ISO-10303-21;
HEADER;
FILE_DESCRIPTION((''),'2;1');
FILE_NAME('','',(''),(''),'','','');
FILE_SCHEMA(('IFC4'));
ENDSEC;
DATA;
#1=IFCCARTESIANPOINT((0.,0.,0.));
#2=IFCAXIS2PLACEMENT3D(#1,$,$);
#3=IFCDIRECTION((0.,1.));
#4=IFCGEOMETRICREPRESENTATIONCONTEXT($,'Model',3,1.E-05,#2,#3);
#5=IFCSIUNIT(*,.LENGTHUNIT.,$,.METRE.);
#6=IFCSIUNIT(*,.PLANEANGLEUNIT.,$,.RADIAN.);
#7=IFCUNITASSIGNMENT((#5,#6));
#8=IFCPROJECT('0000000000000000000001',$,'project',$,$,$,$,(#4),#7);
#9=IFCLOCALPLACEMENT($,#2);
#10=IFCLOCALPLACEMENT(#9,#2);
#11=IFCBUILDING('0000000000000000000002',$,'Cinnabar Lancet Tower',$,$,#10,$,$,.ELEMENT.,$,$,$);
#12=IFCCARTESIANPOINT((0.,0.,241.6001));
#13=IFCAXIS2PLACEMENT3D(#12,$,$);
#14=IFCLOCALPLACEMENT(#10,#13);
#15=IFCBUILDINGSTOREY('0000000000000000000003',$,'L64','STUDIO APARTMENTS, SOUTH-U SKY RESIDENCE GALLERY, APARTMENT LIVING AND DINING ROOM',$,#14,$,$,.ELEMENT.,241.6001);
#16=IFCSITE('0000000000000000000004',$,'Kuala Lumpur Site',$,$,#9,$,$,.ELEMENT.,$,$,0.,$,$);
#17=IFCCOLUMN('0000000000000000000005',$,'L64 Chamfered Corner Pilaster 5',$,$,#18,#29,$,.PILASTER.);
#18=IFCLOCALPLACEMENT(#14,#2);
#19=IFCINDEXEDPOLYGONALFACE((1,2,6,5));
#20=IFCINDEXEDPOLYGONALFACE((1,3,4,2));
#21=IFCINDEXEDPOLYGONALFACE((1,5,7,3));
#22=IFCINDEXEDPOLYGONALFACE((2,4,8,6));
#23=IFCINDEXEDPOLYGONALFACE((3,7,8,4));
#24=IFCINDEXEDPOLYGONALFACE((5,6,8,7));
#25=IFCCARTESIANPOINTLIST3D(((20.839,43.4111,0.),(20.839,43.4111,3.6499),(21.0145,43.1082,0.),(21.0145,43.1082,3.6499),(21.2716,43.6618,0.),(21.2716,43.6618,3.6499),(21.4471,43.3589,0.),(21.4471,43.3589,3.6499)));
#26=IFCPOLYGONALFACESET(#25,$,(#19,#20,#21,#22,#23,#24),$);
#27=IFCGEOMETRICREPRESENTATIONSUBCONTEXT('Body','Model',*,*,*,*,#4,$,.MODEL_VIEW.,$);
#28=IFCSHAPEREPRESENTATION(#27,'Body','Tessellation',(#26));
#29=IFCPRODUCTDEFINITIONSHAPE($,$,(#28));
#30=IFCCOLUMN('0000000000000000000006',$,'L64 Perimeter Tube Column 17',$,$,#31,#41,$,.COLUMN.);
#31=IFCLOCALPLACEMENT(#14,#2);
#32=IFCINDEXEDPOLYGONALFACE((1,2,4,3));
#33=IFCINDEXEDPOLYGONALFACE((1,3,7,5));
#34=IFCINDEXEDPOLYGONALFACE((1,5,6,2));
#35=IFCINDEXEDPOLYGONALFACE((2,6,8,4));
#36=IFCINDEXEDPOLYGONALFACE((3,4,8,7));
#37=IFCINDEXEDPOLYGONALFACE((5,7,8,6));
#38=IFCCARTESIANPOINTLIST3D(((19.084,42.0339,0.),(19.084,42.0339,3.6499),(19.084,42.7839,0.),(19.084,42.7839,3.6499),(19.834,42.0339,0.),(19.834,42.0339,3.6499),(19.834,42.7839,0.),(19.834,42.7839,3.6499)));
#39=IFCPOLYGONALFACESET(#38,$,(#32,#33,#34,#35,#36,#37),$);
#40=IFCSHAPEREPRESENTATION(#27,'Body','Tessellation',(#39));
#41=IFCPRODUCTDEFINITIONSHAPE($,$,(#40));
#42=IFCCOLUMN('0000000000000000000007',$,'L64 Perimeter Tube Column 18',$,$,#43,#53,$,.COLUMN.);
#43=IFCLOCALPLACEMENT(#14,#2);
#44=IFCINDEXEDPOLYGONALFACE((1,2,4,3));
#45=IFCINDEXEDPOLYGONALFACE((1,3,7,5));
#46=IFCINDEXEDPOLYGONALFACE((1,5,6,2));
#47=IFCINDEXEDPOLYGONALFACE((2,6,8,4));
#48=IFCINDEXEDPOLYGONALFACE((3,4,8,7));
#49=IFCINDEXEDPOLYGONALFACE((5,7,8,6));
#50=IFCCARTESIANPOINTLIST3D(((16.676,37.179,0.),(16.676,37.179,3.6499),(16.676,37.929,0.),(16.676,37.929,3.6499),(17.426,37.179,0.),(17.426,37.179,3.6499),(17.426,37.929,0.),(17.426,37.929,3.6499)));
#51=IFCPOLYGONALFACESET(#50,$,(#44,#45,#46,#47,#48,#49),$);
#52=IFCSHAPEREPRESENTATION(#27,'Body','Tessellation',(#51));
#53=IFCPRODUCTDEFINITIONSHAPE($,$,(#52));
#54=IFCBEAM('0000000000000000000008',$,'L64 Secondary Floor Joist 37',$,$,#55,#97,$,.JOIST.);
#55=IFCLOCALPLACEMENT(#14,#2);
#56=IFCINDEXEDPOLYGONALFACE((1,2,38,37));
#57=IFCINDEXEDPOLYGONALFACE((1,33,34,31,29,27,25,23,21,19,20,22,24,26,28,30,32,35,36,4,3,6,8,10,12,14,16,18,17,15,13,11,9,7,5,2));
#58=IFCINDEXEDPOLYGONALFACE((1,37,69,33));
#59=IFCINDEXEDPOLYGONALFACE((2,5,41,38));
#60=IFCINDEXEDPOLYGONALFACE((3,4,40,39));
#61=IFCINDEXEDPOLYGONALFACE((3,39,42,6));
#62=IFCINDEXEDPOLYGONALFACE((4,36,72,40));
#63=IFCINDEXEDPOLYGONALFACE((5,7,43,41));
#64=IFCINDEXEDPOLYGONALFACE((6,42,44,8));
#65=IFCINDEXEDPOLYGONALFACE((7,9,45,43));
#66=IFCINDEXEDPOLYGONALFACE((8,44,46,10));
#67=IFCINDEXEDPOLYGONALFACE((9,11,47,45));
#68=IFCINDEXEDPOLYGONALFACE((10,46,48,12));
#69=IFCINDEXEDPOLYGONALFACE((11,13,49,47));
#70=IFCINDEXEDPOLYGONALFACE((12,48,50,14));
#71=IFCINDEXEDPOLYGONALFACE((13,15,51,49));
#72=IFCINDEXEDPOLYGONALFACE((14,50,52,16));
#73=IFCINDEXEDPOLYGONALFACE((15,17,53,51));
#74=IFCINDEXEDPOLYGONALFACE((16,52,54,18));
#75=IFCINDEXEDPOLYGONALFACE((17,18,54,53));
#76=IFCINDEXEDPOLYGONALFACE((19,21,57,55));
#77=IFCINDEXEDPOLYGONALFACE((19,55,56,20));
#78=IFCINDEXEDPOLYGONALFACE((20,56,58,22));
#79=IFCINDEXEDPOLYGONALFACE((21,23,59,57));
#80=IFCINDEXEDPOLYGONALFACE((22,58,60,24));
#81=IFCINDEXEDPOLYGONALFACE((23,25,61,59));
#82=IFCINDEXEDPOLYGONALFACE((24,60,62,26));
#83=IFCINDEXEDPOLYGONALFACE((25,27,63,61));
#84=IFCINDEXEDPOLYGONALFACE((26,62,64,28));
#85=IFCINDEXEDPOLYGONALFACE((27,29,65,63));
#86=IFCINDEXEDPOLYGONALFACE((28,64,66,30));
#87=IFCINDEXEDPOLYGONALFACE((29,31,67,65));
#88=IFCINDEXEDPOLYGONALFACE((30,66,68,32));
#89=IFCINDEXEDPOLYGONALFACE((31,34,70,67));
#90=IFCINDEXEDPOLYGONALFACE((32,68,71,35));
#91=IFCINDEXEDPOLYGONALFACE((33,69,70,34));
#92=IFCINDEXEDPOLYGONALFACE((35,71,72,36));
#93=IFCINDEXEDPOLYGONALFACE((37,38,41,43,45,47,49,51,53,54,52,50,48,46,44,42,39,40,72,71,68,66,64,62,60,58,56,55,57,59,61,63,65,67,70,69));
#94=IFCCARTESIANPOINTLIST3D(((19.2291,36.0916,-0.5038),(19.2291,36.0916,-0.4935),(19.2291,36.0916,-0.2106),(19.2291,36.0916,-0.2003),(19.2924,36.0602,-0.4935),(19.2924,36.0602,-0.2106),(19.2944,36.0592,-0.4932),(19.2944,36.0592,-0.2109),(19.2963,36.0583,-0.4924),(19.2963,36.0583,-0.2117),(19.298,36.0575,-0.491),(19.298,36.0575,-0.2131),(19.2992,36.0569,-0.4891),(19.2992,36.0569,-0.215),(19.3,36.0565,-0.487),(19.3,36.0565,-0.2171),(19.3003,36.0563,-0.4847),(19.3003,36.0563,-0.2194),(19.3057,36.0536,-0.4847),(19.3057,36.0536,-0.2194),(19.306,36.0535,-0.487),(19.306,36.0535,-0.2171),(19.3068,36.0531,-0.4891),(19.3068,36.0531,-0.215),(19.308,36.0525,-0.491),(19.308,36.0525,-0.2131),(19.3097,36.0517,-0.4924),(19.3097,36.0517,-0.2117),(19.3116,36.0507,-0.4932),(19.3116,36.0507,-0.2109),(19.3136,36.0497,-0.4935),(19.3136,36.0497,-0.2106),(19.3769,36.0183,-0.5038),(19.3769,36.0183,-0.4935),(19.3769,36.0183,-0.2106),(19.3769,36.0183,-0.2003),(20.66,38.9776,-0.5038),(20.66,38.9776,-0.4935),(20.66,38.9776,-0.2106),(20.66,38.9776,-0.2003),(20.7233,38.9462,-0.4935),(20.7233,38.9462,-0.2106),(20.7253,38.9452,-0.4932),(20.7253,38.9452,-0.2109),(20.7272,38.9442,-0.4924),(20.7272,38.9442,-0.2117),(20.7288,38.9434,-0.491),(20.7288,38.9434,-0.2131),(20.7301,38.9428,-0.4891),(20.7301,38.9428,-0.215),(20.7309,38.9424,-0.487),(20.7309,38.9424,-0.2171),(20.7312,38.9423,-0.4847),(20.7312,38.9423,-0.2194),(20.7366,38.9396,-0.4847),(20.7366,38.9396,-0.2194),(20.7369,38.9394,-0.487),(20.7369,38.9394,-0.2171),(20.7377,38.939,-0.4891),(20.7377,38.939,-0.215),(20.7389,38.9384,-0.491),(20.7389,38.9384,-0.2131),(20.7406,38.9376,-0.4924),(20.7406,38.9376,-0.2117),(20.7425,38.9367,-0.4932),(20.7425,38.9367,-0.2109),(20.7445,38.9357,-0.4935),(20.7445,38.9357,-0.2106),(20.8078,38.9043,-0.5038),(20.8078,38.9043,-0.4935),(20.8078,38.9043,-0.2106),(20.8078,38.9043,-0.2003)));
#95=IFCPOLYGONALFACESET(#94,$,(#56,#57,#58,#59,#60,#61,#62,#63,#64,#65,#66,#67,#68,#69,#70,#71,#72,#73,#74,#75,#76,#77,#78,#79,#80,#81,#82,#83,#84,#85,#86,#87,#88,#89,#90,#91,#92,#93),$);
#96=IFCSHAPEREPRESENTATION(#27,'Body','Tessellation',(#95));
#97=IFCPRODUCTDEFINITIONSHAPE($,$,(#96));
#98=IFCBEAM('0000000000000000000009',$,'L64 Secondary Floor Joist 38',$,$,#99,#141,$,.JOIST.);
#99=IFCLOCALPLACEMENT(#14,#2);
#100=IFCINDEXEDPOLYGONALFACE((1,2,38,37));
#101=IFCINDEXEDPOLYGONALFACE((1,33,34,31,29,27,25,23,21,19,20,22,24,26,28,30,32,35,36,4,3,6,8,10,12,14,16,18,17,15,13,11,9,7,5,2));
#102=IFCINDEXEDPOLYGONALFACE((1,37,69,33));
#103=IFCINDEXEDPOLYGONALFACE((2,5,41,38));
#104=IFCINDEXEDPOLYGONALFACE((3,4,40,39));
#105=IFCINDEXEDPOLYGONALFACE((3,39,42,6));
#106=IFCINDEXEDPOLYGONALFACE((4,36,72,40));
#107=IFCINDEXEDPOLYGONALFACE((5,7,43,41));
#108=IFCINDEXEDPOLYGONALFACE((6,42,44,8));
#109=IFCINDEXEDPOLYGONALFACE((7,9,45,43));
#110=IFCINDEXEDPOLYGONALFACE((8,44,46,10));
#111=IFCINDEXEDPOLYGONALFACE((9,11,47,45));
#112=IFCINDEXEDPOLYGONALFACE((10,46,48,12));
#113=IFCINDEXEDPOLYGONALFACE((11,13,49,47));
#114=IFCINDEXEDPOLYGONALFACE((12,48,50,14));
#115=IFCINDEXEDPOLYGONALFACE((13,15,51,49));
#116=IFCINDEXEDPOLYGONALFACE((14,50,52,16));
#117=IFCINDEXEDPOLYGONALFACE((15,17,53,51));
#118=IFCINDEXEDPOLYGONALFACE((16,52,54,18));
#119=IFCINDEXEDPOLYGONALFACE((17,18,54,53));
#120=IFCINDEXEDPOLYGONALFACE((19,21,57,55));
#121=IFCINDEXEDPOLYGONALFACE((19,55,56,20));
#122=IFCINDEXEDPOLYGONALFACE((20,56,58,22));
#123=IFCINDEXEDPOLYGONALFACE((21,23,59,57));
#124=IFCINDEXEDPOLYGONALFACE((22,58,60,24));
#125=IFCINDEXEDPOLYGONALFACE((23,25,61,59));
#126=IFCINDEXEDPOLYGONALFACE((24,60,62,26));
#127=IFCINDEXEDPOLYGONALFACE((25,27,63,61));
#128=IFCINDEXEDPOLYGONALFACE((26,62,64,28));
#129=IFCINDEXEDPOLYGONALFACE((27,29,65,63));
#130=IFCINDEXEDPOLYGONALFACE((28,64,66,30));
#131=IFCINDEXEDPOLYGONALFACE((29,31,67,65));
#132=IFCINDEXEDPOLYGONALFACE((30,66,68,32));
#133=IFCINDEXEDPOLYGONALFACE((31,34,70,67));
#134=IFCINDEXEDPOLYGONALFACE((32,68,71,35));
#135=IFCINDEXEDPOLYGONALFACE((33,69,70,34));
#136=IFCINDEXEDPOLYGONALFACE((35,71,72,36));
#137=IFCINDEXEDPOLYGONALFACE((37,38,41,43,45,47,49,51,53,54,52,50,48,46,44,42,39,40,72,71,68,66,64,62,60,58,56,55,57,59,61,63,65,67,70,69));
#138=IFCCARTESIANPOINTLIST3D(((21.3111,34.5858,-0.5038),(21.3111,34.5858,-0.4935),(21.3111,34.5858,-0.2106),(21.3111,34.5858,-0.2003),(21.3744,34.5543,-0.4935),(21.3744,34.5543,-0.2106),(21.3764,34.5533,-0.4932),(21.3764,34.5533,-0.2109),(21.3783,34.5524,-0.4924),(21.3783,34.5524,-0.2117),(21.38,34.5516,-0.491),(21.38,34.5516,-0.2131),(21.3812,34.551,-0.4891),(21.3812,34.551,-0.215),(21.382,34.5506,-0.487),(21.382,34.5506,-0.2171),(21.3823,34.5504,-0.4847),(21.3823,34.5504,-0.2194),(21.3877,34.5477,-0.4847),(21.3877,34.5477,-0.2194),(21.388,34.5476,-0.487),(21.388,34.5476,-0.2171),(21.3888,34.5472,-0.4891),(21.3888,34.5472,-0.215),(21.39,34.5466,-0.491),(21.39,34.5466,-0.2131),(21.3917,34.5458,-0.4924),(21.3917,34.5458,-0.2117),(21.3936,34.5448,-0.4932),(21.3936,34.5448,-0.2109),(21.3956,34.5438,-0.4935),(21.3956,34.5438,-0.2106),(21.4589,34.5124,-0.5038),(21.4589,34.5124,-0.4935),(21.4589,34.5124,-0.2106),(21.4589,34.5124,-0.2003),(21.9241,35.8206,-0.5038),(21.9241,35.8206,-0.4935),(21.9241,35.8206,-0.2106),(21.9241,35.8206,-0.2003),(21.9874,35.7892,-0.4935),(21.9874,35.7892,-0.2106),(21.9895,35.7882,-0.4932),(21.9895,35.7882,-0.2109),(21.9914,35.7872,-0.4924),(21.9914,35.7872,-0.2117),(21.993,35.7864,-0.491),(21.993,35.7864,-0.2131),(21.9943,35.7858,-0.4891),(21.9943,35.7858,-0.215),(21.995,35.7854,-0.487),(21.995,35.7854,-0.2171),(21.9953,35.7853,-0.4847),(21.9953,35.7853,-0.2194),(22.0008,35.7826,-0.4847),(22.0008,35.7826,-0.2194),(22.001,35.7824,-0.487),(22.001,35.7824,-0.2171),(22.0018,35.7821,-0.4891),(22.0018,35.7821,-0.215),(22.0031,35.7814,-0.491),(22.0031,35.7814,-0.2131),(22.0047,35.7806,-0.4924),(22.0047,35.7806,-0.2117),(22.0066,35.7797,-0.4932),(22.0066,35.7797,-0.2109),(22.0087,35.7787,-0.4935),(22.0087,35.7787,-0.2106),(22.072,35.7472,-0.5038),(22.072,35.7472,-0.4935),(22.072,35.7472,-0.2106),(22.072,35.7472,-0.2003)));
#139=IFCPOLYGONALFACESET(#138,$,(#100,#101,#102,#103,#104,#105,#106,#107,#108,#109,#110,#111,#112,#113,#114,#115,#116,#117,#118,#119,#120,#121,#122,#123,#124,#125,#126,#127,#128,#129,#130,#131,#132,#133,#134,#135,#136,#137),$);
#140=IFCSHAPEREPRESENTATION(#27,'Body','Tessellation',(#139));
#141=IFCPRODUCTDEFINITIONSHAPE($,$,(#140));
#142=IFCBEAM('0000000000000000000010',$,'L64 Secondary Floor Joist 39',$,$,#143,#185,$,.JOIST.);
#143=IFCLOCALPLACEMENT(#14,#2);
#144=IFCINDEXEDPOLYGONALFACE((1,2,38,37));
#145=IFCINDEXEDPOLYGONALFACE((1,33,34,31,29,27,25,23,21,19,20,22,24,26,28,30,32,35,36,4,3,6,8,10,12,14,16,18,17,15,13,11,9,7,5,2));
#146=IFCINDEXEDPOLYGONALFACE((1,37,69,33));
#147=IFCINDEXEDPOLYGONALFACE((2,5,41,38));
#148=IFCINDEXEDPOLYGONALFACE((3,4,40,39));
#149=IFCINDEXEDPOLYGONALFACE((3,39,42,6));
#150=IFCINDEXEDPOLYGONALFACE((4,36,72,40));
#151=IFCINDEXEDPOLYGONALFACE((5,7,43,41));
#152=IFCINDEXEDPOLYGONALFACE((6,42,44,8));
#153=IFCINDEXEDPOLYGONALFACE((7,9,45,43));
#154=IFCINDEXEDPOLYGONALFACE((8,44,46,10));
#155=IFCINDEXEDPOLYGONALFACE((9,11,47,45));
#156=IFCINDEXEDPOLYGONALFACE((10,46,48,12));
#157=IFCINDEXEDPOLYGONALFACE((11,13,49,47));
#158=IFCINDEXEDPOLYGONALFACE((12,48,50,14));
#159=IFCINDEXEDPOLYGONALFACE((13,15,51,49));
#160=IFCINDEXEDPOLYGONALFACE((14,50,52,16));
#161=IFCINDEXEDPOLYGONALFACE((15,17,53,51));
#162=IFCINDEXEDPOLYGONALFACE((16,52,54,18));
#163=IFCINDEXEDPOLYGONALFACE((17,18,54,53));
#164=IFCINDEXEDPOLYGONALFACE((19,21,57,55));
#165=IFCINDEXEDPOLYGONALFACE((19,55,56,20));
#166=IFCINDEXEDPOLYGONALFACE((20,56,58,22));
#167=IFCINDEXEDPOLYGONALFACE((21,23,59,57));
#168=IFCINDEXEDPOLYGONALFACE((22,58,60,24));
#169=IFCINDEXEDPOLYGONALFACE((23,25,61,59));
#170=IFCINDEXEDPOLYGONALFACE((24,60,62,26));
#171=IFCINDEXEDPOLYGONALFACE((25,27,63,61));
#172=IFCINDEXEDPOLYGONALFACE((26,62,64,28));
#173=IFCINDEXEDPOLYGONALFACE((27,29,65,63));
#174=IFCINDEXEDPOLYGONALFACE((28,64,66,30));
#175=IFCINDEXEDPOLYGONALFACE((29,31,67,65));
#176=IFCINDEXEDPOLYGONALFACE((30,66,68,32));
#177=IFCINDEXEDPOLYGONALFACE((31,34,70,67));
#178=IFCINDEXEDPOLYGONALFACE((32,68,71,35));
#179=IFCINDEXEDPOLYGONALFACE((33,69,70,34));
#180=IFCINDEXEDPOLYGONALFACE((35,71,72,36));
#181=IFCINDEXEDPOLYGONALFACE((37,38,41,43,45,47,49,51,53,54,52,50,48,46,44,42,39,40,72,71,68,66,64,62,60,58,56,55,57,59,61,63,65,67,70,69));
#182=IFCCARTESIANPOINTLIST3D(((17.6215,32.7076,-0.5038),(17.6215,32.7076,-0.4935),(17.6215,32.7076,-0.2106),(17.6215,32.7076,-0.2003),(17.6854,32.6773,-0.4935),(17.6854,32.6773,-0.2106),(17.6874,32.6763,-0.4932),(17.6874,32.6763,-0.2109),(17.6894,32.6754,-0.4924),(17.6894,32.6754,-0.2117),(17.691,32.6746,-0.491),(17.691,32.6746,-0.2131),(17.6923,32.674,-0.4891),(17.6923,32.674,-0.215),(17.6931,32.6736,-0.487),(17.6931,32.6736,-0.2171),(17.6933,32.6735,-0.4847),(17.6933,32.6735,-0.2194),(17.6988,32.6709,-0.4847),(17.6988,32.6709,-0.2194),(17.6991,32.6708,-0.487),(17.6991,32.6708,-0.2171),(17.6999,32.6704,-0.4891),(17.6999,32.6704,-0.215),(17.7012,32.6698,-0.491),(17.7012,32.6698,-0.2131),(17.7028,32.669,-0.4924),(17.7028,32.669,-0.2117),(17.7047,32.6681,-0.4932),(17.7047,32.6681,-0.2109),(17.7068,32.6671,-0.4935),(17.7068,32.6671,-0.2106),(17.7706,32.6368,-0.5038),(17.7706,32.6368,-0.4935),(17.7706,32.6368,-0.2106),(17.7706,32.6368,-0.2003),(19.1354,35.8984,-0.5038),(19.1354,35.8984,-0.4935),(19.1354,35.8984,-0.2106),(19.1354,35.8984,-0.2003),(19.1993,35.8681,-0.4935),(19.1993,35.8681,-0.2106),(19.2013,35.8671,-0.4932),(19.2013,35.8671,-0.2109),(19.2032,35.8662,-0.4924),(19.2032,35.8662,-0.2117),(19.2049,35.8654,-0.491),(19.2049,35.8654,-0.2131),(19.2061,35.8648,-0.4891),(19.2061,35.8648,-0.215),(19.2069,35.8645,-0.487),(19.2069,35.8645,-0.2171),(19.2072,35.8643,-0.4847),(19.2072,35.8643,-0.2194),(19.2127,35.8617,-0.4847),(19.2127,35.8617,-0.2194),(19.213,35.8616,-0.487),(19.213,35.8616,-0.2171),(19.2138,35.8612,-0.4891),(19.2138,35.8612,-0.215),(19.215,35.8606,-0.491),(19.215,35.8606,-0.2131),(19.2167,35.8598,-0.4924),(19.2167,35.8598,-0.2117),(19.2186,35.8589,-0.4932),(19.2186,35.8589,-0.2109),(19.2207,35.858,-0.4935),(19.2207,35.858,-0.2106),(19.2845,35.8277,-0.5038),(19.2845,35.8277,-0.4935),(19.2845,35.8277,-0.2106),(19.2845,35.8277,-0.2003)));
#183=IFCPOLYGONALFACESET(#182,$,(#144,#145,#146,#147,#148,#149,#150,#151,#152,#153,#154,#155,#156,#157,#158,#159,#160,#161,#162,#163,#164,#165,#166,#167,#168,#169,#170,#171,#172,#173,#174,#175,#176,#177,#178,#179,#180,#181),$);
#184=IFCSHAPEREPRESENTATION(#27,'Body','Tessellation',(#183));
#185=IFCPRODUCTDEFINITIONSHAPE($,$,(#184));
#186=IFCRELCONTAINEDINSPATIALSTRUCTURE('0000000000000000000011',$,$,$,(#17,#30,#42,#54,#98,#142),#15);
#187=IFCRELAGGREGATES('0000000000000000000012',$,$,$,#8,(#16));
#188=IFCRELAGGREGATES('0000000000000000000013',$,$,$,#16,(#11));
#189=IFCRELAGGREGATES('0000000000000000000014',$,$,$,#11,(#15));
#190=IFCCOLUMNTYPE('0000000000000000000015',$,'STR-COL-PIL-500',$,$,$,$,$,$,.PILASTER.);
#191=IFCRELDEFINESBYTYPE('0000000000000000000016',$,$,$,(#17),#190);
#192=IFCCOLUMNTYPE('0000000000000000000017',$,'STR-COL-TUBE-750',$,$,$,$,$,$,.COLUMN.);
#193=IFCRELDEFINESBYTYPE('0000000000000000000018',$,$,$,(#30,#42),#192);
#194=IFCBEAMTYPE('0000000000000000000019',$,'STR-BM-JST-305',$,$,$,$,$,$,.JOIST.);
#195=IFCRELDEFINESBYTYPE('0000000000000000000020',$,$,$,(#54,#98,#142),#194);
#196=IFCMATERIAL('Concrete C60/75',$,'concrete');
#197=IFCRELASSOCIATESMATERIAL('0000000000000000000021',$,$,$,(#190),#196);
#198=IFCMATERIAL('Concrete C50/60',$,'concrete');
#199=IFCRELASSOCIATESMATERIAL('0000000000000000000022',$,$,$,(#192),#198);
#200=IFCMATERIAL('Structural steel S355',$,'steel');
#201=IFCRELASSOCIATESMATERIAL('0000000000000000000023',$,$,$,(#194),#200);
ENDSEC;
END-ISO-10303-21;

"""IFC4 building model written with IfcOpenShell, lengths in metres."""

from ifc_helpers import new_model, si_unit, direction, frame, origin, origin_2d, place, context, subcontext, project, spatial, rectangle, i_section, extrude, material, material_profile, profile_set, type_object, element, save


model = new_model("IFC4")

# Units and contexts
model_context = context("Model", 3, precision=1e-05, world=origin(), true_north=direction((0.0, 1.0)))
body_context = subcontext(model_context, "Body", "Model", "MODEL_VIEW")
ifc_project = project(units=[si_unit("LENGTHUNIT", "METRE"), si_unit("PLANEANGLEUNIT", "RADIAN")], contexts=[model_context])

# Site, building, storey
site_placement = place(None, origin())
site = spatial("IfcSite", under=ifc_project, at=site_placement, Name="Kuala Lumpur Site", CompositionType="ELEMENT", RefElevation=0.0)
building_placement = place(site_placement, origin())
building = spatial("IfcBuilding", under=site, at=building_placement, Name="Cinnabar Lancet Tower", CompositionType="ELEMENT")
storey_placement = place(building_placement, frame((0.0, 0.0, 241.6001)))
storey = spatial("IfcBuildingStorey", under=building, at=storey_placement, Name="L64", Description="STUDIO APARTMENTS, SOUTH-U SKY RESIDENCE GALLERY, APARTMENT LIVING AND DINING ROOM", CompositionType="ELEMENT", Elevation=241.6001)

# Columns
ifc_material_1 = material(Name="Concrete C60/75", Category="concrete")
ifc_material_profile_1 = material_profile(ifc_material_1, rectangle(XDim=0.5, YDim=0.3501, at=origin_2d()), Name="RC-PIL 500x350")
ifc_profile_set_1 = profile_set([ifc_material_profile_1], Name="Concrete C60/75")
column_type_1 = type_object("IfcColumnType", Name="STR-COL-PIL-500", PredefinedType="PILASTER", material=ifc_profile_set_1)
column_placement = place(storey_placement, frame((21.1431, 43.385, 0.0), z_axis=(0.0, 0.0, 1.0), x_axis=(-0.865256, -0.50133, 0.0)))
element("IfcColumn", 1, at=column_placement, inside=storey, type_object=column_type_1, Name="L64 Chamfered Corner Pilaster 5", PredefinedType="PILASTER", context=body_context, shape_type="SweptSolid", body=[
    extrude(rectangle(XDim=0.5, YDim=0.3501, at=origin_2d()), origin(), (0.0, 0.0, 1.0), 3.6499),
])
ifc_material_2 = material(Name="Concrete C50/60", Category="concrete")
ifc_material_profile_2 = material_profile(ifc_material_2, rectangle(XDim=0.75, YDim=0.75, at=origin_2d()), Name="RC-COL 750x750")
ifc_profile_set_2 = profile_set([ifc_material_profile_2], Name="Concrete C50/60")
column_type_2 = type_object("IfcColumnType", Name="STR-COL-TUBE-750", PredefinedType="COLUMN", material=ifc_profile_set_2)
for number, where, z_axis, x_axis, name in (
    (2, (19.459, 42.4089, 0.0), (0.0, 0.0, 1.0), (1.0, 0.0, 0.0), "L64 Perimeter Tube Column 17"),
    (3, (17.051, 37.554, 0.0), (0.0, 0.0, 1.0), (1.0, 0.0, 0.0), "L64 Perimeter Tube Column 18"),
):
    element("IfcColumn", number, at=place(storey_placement, frame(where, z_axis=z_axis, x_axis=x_axis)), inside=storey, type_object=column_type_2, Name=name, PredefinedType="COLUMN", context=body_context, shape_type="SweptSolid", body=[
        extrude(rectangle(XDim=0.75, YDim=0.75, at=origin_2d()), origin(), (0.0, 0.0, 1.0), 3.6499),
    ])

# Beams
ifc_material_3 = material(Name="Structural steel S355", Category="steel")
ifc_material_profile_3 = material_profile(ifc_material_3, i_section(OverallWidth=0.165, OverallDepth=0.3035, WebThickness=0.0061, FlangeThickness=0.0103, FilletRadius=0.0088, at=origin_2d()), Name="UKB 305x165x40")
ifc_profile_set_3 = profile_set([ifc_material_profile_3], Name="Structural steel S355")
beam_type_1 = type_object("IfcBeamType", Name="STR-BM-JST-305", PredefinedType="JOIST", material=ifc_profile_set_3)
beam_1_placement = place(storey_placement, frame((20.7339, 38.9409, -0.3521), z_axis=(-0.44421, -0.895923, 0.0), x_axis=(0.895923, -0.44421, 0.0)))
element("IfcBeam", 4, at=beam_1_placement, inside=storey, type_object=beam_type_1, Name="L64 Secondary Floor Joist 37", PredefinedType="JOIST", context=body_context, shape_type="SweptSolid", body=[
    extrude(i_section(OverallWidth=0.165, OverallDepth=0.3035, WebThickness=0.0061, FlangeThickness=0.0103, FilletRadius=0.0088, at=origin_2d()), origin(), (0.0, 0.0, 1.0), 3.2212),
])
beam_2_placement = place(storey_placement, frame((21.998, 35.7839, -0.3521), z_axis=(-0.444662, -0.895699, 0.0), x_axis=(0.895699, -0.444662, 0.0)))
element("IfcBeam", 5, at=beam_2_placement, inside=storey, type_object=beam_type_1, Name="L64 Secondary Floor Joist 38", PredefinedType="JOIST", context=body_context, shape_type="SweptSolid", body=[
    extrude(i_section(OverallWidth=0.165, OverallDepth=0.3035, WebThickness=0.0061, FlangeThickness=0.0103, FilletRadius=0.0088, at=origin_2d()), origin(), (0.0, 0.0, 1.0), 1.3787),
])
beam_3_placement = place(storey_placement, frame((19.21, 35.863, -0.3521), z_axis=(-0.428648, -0.903472, 0.0), x_axis=(0.903472, -0.428648, 0.0)))
element("IfcBeam", 6, at=beam_3_placement, inside=storey, type_object=beam_type_1, Name="L64 Secondary Floor Joist 39", PredefinedType="JOIST", context=body_context, shape_type="SweptSolid", body=[
    extrude(i_section(OverallWidth=0.165, OverallDepth=0.3035, WebThickness=0.0061, FlangeThickness=0.0103, FilletRadius=0.0088, at=origin_2d()), origin(), (0.0, 0.0, 1.0), 3.5317),
])

save(model, "model.ifc")
